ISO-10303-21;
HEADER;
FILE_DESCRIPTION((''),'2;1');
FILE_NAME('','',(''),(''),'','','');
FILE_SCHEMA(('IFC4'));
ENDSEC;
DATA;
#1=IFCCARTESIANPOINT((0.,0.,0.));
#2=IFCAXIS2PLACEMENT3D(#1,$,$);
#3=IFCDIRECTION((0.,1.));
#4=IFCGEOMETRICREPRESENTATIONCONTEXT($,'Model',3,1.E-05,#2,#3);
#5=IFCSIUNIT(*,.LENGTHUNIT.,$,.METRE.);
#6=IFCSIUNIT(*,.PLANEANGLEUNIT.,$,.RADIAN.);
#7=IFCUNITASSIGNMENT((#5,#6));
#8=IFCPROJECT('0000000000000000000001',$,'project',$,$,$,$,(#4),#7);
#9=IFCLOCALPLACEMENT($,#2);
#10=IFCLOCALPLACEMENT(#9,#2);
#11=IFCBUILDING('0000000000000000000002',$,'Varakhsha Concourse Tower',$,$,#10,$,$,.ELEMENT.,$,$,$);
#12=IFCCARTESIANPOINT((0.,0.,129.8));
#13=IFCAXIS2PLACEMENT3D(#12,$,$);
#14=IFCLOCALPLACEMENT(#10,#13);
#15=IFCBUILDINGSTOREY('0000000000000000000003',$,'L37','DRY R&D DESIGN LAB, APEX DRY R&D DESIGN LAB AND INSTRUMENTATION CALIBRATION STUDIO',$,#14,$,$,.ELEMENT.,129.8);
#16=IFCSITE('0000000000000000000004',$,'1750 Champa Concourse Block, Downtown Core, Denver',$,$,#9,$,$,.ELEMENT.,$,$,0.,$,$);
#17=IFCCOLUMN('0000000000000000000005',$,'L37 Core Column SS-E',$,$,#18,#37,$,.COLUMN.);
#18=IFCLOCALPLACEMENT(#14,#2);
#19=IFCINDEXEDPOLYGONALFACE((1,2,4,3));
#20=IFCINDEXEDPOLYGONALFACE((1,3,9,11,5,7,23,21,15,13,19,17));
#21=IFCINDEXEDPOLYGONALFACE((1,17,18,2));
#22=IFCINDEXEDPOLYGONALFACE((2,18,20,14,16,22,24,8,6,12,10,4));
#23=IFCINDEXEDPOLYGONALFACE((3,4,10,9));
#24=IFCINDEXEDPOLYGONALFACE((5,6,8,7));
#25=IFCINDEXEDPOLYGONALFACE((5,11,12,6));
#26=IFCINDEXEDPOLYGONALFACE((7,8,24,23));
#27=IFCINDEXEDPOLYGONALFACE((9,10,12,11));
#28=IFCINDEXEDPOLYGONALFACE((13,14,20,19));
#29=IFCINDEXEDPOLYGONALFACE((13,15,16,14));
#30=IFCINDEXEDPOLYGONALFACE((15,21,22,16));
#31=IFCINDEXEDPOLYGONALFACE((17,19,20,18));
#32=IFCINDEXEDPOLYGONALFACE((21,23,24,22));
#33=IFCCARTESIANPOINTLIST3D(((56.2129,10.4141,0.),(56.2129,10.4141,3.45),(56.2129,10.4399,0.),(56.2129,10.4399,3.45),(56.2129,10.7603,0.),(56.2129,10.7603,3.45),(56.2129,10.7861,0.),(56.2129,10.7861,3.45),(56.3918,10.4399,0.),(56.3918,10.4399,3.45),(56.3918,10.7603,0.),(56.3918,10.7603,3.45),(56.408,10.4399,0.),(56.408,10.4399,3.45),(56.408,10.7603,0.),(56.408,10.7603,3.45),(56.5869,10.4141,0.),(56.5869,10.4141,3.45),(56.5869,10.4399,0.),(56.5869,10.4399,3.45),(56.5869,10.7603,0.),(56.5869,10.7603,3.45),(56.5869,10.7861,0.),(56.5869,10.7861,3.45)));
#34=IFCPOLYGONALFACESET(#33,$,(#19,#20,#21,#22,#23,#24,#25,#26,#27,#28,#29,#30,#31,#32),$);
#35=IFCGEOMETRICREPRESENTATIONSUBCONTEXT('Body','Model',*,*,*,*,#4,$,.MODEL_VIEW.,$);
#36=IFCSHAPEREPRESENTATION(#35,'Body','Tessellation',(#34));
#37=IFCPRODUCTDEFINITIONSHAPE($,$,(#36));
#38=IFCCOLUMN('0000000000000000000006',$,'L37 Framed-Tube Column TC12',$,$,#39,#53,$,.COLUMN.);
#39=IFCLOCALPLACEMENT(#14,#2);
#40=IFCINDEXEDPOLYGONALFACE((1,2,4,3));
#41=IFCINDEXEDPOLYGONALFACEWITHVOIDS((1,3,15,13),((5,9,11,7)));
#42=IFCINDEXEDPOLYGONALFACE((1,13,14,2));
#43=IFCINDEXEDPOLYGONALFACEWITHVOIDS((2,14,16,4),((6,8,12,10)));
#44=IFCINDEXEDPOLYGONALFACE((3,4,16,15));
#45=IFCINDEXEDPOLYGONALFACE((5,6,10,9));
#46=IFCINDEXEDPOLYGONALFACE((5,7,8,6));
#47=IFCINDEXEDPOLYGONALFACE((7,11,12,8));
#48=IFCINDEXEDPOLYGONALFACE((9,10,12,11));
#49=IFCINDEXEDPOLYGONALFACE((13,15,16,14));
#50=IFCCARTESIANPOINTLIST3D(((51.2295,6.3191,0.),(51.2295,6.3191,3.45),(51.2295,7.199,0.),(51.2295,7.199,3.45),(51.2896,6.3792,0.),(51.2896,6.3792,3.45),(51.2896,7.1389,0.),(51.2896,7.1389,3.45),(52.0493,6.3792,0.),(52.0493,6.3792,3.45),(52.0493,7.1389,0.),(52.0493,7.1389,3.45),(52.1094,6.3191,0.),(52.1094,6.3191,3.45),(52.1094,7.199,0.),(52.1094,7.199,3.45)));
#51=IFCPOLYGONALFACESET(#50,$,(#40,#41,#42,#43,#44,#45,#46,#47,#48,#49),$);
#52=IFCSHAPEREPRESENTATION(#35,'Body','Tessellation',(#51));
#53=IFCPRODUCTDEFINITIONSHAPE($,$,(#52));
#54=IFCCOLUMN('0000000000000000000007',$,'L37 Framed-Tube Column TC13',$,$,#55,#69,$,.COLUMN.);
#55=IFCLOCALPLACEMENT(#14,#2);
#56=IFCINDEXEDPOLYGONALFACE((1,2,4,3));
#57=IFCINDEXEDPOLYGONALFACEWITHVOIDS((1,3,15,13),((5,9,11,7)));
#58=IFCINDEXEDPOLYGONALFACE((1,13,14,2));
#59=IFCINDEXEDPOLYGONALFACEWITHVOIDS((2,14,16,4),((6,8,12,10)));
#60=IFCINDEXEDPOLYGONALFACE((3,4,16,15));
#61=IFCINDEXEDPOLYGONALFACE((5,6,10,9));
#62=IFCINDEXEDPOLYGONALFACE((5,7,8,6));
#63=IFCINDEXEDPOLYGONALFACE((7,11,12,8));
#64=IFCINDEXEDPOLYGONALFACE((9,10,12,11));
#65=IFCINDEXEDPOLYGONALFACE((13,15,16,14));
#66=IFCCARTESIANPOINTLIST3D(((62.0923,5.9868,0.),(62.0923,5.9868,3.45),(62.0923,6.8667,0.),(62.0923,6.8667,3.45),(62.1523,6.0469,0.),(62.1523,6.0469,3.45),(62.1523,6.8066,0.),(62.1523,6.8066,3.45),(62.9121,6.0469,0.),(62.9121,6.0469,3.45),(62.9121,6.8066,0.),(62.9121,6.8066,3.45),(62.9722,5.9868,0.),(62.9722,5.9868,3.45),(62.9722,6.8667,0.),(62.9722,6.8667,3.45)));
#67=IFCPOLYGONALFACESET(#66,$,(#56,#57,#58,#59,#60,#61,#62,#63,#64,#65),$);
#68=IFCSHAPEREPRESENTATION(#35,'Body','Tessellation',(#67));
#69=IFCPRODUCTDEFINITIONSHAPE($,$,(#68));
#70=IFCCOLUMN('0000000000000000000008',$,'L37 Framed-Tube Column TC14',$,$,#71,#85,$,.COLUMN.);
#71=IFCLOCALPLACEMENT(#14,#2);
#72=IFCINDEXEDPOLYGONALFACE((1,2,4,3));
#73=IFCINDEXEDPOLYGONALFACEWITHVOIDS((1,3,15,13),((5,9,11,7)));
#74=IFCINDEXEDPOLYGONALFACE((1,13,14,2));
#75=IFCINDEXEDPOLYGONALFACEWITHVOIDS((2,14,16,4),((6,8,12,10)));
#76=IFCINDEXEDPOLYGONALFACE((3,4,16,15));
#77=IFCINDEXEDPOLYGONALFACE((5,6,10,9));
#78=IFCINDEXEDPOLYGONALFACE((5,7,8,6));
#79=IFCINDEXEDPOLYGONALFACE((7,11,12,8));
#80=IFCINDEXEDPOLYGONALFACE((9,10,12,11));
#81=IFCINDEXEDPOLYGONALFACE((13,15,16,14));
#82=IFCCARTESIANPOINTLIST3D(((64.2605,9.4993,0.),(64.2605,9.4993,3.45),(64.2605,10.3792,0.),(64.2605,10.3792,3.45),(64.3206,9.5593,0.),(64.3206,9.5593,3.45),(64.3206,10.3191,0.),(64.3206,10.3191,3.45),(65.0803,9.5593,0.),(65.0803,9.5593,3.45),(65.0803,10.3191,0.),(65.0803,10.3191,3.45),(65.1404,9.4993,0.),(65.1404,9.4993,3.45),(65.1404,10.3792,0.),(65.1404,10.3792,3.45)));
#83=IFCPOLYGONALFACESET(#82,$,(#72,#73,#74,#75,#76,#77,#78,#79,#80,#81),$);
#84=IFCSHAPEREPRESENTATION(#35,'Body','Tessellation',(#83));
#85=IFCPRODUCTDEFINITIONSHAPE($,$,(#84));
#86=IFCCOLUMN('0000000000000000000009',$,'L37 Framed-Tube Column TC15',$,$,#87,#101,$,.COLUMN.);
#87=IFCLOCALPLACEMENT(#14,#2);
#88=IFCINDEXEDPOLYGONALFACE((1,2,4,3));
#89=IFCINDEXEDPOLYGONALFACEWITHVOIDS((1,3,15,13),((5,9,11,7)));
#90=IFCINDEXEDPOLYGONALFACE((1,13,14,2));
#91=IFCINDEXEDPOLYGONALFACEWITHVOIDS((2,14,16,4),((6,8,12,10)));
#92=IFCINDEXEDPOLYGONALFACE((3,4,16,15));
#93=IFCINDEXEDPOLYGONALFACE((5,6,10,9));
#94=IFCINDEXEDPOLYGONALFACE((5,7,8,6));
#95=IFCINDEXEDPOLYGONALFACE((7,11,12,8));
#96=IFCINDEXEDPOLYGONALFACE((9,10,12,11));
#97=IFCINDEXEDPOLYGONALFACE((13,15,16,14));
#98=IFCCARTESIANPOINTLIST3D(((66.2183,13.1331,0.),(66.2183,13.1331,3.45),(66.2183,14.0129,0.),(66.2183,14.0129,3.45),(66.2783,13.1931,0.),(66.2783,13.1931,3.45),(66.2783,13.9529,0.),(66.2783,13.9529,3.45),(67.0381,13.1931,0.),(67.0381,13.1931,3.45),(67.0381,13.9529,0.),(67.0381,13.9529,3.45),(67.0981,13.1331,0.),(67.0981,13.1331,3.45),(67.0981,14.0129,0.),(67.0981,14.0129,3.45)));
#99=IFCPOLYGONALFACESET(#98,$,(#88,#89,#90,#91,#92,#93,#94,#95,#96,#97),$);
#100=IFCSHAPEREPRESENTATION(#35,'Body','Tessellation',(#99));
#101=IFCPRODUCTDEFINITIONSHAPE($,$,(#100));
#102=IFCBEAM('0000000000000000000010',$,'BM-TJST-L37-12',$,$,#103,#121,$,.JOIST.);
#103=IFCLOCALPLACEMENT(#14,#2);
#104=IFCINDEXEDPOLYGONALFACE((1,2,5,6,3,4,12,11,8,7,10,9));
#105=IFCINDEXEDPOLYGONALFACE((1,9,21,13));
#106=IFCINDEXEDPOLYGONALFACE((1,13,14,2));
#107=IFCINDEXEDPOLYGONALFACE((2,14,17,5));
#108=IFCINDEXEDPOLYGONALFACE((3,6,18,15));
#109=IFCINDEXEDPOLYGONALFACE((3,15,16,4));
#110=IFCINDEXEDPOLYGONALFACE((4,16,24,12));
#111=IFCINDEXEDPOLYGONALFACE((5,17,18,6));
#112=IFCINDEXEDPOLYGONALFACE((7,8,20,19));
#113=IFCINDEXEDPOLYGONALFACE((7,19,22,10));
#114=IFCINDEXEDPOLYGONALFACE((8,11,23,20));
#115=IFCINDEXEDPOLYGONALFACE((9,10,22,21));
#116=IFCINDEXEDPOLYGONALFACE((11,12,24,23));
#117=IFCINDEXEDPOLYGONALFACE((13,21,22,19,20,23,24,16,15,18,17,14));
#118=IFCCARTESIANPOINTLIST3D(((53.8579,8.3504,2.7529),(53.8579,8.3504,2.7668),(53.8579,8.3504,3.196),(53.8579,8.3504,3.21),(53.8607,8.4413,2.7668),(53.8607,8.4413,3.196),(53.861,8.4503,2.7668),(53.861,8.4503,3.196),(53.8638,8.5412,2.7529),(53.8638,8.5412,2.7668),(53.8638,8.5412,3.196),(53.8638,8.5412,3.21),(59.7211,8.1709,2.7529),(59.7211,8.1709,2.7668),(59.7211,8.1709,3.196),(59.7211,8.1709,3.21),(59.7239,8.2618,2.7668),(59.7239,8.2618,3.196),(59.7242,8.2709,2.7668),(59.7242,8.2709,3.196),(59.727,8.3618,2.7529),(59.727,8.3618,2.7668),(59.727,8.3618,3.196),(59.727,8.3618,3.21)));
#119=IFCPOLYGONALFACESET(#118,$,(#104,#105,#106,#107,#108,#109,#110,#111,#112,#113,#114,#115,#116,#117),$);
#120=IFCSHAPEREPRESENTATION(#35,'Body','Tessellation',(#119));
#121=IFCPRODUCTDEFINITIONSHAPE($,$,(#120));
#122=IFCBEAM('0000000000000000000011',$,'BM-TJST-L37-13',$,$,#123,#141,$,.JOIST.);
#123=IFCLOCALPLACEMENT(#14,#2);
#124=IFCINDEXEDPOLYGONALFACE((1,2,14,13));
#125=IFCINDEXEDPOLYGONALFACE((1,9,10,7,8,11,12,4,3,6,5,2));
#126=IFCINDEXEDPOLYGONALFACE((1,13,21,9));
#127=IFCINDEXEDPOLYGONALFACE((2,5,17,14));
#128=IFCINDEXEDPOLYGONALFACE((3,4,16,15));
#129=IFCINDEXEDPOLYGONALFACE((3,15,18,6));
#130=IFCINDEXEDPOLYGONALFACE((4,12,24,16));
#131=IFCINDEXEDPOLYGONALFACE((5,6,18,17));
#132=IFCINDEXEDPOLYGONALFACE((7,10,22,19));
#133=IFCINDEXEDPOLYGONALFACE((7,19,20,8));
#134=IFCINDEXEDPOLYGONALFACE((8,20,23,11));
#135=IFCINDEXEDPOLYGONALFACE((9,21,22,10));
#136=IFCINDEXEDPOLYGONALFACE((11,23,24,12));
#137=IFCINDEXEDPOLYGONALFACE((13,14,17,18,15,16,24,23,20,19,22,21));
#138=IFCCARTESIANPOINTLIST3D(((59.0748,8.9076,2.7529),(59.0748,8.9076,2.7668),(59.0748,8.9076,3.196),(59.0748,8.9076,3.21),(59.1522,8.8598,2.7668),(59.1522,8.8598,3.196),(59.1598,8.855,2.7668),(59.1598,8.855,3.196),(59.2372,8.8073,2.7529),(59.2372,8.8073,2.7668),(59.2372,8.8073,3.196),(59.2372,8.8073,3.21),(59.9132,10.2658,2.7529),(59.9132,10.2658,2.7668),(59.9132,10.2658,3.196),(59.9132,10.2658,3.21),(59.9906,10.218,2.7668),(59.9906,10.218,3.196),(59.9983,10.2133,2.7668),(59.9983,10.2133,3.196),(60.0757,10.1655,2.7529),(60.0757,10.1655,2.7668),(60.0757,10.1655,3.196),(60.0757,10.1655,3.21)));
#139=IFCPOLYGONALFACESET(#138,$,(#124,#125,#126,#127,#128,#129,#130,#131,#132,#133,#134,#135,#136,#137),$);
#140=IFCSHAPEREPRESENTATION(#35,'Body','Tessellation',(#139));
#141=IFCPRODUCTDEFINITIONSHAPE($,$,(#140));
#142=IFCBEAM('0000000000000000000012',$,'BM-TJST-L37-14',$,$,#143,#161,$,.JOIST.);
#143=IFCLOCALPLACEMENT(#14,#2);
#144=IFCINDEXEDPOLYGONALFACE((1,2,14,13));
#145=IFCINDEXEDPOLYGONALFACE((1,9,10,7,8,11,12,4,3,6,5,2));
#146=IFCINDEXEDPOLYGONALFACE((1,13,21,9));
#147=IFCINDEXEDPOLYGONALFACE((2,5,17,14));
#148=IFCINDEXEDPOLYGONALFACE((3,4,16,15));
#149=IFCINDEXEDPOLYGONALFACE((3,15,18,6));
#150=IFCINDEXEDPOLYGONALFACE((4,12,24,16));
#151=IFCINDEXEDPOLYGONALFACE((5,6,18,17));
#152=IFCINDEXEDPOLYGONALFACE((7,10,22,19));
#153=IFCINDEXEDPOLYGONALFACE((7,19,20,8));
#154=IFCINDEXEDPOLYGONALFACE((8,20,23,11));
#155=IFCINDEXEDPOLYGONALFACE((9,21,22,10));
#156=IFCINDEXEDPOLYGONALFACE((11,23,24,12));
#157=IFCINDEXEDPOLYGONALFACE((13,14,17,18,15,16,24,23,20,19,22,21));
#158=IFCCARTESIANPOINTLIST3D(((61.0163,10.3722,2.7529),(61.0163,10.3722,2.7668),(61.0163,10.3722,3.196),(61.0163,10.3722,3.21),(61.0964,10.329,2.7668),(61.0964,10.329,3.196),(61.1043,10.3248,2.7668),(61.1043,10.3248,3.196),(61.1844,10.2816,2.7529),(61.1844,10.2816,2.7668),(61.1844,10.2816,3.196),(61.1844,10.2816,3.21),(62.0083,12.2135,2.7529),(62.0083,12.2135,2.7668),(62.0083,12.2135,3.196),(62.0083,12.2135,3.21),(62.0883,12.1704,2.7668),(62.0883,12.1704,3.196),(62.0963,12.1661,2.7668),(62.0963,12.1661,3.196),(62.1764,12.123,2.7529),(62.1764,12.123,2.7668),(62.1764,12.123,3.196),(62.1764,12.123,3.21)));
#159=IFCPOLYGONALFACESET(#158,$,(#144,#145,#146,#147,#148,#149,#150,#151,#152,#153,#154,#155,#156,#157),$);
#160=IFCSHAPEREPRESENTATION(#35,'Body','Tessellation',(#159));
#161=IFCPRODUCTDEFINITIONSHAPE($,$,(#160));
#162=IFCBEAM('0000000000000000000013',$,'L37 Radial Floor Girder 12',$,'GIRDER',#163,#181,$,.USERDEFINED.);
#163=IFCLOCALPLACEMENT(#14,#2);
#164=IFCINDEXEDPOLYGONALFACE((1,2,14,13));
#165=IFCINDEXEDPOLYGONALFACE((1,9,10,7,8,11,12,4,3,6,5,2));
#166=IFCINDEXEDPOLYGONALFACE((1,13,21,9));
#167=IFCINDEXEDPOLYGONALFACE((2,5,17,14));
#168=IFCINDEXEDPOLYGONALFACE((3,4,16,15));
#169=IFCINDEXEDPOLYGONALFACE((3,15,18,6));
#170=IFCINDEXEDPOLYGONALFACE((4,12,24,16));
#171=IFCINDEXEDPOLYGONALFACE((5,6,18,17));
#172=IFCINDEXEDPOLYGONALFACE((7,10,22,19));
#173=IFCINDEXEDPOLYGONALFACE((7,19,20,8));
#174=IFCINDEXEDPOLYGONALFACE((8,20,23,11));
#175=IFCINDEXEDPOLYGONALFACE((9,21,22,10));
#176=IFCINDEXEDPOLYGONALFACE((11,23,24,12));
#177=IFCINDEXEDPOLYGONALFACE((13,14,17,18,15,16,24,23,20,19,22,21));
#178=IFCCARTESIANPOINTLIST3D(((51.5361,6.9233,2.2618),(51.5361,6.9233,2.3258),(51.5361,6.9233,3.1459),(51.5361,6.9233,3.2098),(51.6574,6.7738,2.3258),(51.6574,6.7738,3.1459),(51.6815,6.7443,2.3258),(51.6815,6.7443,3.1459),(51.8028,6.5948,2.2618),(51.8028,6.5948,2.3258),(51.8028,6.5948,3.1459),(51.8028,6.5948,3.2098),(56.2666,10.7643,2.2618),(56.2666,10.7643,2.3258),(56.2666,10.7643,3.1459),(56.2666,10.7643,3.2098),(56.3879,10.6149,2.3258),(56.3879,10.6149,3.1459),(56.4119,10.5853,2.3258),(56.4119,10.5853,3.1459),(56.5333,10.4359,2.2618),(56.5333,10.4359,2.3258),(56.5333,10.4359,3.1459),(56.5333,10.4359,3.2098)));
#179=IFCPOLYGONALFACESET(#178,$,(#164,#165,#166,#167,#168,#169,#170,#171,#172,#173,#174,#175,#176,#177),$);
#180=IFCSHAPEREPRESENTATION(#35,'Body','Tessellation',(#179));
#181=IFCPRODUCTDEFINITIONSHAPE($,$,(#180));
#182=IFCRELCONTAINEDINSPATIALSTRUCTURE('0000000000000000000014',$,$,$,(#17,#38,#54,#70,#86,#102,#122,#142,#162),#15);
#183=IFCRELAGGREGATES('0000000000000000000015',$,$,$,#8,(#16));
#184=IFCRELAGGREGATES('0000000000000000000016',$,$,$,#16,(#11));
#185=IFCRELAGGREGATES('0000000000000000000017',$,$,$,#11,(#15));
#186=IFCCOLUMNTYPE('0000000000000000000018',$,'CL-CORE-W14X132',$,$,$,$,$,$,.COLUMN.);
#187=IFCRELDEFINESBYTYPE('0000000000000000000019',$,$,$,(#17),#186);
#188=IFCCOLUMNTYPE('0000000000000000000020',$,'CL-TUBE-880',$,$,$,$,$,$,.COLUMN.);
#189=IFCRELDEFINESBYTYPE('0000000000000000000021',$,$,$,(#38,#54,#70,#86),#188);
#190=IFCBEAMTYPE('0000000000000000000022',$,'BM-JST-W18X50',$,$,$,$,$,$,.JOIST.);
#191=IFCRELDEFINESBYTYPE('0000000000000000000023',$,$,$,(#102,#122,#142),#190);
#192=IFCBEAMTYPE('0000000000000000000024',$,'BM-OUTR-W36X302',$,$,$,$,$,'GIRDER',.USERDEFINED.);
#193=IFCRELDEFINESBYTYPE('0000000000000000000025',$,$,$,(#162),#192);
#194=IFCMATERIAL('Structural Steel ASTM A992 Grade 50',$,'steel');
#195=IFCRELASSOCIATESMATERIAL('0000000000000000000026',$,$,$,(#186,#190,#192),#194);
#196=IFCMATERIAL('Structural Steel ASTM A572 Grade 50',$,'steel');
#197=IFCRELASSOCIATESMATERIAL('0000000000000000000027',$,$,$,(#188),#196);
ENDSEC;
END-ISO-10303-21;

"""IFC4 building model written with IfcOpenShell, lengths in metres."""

from ifc_helpers import new_model, si_unit, direction, frame, origin, origin_2d, place, context, subcontext, project, spatial, hollow_rectangle, i_section, extrude, material, material_profile, profile_set, type_object, element, save


model = new_model("IFC4")

# Units and contexts
model_context = context("Model", 3, precision=1e-05, world=origin(), true_north=direction((0.0, 1.0)))
body_context = subcontext(model_context, "Body", "Model", "MODEL_VIEW")
ifc_project = project(units=[si_unit("LENGTHUNIT", "METRE"), si_unit("PLANEANGLEUNIT", "RADIAN")], contexts=[model_context])

# Site, building, storey
site_placement = place(None, origin())
site = spatial("IfcSite", under=ifc_project, at=site_placement, Name="1750 Champa Concourse Block, Downtown Core, Denver", CompositionType="ELEMENT", RefElevation=0.0)
building_placement = place(site_placement, origin())
building = spatial("IfcBuilding", under=site, at=building_placement, Name="Varakhsha Concourse Tower", CompositionType="ELEMENT")
storey_placement = place(building_placement, frame((0.0, 0.0, 129.8)))
storey = spatial("IfcBuildingStorey", under=building, at=storey_placement, Name="L37", Description="DRY R&D DESIGN LAB, APEX DRY R&D DESIGN LAB AND INSTRUMENTATION CALIBRATION STUDIO", CompositionType="ELEMENT", Elevation=129.8)

# Columns
ifc_material_1 = material(Name="Structural Steel ASTM A992 Grade 50", Category="steel")
ifc_material_profile_1 = material_profile(ifc_material_1, i_section(OverallWidth=0.374, OverallDepth=0.3721, WebThickness=0.0161, FlangeThickness=0.0259, at=origin_2d()), Name="W14X132")
ifc_profile_set_1 = profile_set([ifc_material_profile_1], Name="Structural Steel ASTM A992 Grade 50")
column_type_1 = type_object("IfcColumnType", Name="CL-CORE-W14X132", PredefinedType="COLUMN", material=ifc_profile_set_1)
column_placement = place(storey_placement, frame((56.3999, 10.6001, 0.0), z_axis=(0.0, 0.0, 1.0), x_axis=(1.0, 0.0, 0.0)))
element("IfcColumn", 1, at=column_placement, inside=storey, type_object=column_type_1, Name="L37 Core Column SS-E", PredefinedType="COLUMN", context=body_context, shape_type="SweptSolid", body=[
    extrude(i_section(OverallWidth=0.374, OverallDepth=0.3721, WebThickness=0.0161, FlangeThickness=0.0259, at=origin_2d()), origin(), (0.0, 0.0, 1.0), 3.45),
])
ifc_material_2 = material(Name="Structural Steel ASTM A572 Grade 50", Category="steel")
ifc_material_profile_2 = material_profile(ifc_material_2, hollow_rectangle(XDim=0.8799, YDim=0.8799, WallThickness=0.0601, at=origin_2d()), Name="BOX 880x880x60")
ifc_profile_set_2 = profile_set([ifc_material_profile_2], Name="Structural Steel ASTM A572 Grade 50")
column_type_2 = type_object("IfcColumnType", Name="CL-TUBE-880", PredefinedType="COLUMN", material=ifc_profile_set_2)
for number, where, z_axis, x_axis, name in (
    (2, (51.6694, 6.759, 0.0), (0.0, 0.0, 1.0), (1.0, 0.0, 0.0), "L37 Framed-Tube Column TC12"),
    (3, (62.5322, 6.4268, 0.0), (0.0, 0.0, 1.0), (1.0, 0.0, 0.0), "L37 Framed-Tube Column TC13"),
    (4, (64.7004, 9.9392, 0.0), (0.0, 0.0, 1.0), (1.0, 0.0, 0.0), "L37 Framed-Tube Column TC14"),
    (5, (66.6582, 13.573, 0.0), (0.0, 0.0, 1.0), (1.0, 0.0, 0.0), "L37 Framed-Tube Column TC15"),
):
    element("IfcColumn", number, at=place(storey_placement, frame(where, z_axis=z_axis, x_axis=x_axis)), inside=storey, type_object=column_type_2, Name=name, PredefinedType="COLUMN", context=body_context, shape_type="SweptSolid", body=[
        extrude(hollow_rectangle(XDim=0.8799, YDim=0.8799, WallThickness=0.0601, at=origin_2d()), origin(), (0.0, 0.0, 1.0), 3.45),
    ])

# Beams
ifc_material_profile_3 = material_profile(ifc_material_1, i_section(OverallWidth=0.1909, OverallDepth=0.457, WebThickness=0.009, FlangeThickness=0.0139, at=origin_2d()), Name="W18X50")
ifc_profile_set_3 = profile_set([ifc_material_profile_3], Name="Structural Steel ASTM A992 Grade 50")
beam_type_1 = type_object("IfcBeamType", Name="BM-JST-W18X50", PredefinedType="JOIST", material=ifc_profile_set_3)
beam_1_placement = place(storey_placement, frame((53.8608, 8.4458, 2.9814), z_axis=(0.999532, -0.03059, 0.0), x_axis=(0.03059, 0.999532, 0.0)))
element("IfcBeam", 6, at=beam_1_placement, inside=storey, type_object=beam_type_1, Name="BM-TJST-L37-12", PredefinedType="JOIST", context=body_context, shape_type="SweptSolid", body=[
    extrude(i_section(OverallWidth=0.1909, OverallDepth=0.457, WebThickness=0.009, FlangeThickness=0.0139, at=origin_2d()), origin(), (0.0, 0.0, 1.0), 5.866),
])
beam_2_placement = place(storey_placement, frame((59.156, 8.8574, 2.9814), z_axis=(0.525275, 0.850933, 0.0), x_axis=(-0.850933, 0.525275, 0.0)))
element("IfcBeam", 7, at=beam_2_placement, inside=storey, type_object=beam_type_1, Name="BM-TJST-L37-13", PredefinedType="JOIST", context=body_context, shape_type="SweptSolid", body=[
    extrude(i_section(OverallWidth=0.1909, OverallDepth=0.457, WebThickness=0.009, FlangeThickness=0.0139, at=origin_2d()), origin(), (0.0, 0.0, 1.0), 1.5962),
])
beam_3_placement = place(storey_placement, frame((61.1003, 10.3269, 2.9814), z_axis=(0.474274, 0.880377, 0.0), x_axis=(-0.880377, 0.474274, 0.0)))
element("IfcBeam", 8, at=beam_3_placement, inside=storey, type_object=beam_type_1, Name="BM-TJST-L37-14", PredefinedType="JOIST", context=body_context, shape_type="SweptSolid", body=[
    extrude(i_section(OverallWidth=0.1909, OverallDepth=0.457, WebThickness=0.009, FlangeThickness=0.0139, at=origin_2d()), origin(), (0.0, 0.0, 1.0), 2.0916),
])
ifc_material_profile_4 = material_profile(ifc_material_1, i_section(OverallWidth=0.4231, OverallDepth=0.948, WebThickness=0.0381, FlangeThickness=0.064, at=origin_2d()), Name="W36X302")
ifc_profile_set_4 = profile_set([ifc_material_profile_4], Name="Structural Steel ASTM A992 Grade 50")
beam_type_2 = type_object("IfcBeamType", Name="BM-OUTR-W36X302", ElementType="GIRDER", PredefinedType="USERDEFINED", material=ifc_profile_set_4)
beam_4_placement = place(storey_placement, frame((56.3999, 10.6001, 2.7358), z_axis=(-0.77631, -0.630351, 0.0), x_axis=(0.630351, -0.77631, 0.0)))
element("IfcBeam", 9, at=beam_4_placement, inside=storey, type_object=beam_type_2, Name="L37 Radial Floor Girder 12", ObjectType="GIRDER", PredefinedType="USERDEFINED", context=body_context, shape_type="SweptSolid", body=[
    extrude(i_section(OverallWidth=0.4231, OverallDepth=0.948, WebThickness=0.0381, FlangeThickness=0.064, at=origin_2d()), origin(), (0.0, 0.0, 1.0), 6.0935),
])

save(model, "model.ifc")
